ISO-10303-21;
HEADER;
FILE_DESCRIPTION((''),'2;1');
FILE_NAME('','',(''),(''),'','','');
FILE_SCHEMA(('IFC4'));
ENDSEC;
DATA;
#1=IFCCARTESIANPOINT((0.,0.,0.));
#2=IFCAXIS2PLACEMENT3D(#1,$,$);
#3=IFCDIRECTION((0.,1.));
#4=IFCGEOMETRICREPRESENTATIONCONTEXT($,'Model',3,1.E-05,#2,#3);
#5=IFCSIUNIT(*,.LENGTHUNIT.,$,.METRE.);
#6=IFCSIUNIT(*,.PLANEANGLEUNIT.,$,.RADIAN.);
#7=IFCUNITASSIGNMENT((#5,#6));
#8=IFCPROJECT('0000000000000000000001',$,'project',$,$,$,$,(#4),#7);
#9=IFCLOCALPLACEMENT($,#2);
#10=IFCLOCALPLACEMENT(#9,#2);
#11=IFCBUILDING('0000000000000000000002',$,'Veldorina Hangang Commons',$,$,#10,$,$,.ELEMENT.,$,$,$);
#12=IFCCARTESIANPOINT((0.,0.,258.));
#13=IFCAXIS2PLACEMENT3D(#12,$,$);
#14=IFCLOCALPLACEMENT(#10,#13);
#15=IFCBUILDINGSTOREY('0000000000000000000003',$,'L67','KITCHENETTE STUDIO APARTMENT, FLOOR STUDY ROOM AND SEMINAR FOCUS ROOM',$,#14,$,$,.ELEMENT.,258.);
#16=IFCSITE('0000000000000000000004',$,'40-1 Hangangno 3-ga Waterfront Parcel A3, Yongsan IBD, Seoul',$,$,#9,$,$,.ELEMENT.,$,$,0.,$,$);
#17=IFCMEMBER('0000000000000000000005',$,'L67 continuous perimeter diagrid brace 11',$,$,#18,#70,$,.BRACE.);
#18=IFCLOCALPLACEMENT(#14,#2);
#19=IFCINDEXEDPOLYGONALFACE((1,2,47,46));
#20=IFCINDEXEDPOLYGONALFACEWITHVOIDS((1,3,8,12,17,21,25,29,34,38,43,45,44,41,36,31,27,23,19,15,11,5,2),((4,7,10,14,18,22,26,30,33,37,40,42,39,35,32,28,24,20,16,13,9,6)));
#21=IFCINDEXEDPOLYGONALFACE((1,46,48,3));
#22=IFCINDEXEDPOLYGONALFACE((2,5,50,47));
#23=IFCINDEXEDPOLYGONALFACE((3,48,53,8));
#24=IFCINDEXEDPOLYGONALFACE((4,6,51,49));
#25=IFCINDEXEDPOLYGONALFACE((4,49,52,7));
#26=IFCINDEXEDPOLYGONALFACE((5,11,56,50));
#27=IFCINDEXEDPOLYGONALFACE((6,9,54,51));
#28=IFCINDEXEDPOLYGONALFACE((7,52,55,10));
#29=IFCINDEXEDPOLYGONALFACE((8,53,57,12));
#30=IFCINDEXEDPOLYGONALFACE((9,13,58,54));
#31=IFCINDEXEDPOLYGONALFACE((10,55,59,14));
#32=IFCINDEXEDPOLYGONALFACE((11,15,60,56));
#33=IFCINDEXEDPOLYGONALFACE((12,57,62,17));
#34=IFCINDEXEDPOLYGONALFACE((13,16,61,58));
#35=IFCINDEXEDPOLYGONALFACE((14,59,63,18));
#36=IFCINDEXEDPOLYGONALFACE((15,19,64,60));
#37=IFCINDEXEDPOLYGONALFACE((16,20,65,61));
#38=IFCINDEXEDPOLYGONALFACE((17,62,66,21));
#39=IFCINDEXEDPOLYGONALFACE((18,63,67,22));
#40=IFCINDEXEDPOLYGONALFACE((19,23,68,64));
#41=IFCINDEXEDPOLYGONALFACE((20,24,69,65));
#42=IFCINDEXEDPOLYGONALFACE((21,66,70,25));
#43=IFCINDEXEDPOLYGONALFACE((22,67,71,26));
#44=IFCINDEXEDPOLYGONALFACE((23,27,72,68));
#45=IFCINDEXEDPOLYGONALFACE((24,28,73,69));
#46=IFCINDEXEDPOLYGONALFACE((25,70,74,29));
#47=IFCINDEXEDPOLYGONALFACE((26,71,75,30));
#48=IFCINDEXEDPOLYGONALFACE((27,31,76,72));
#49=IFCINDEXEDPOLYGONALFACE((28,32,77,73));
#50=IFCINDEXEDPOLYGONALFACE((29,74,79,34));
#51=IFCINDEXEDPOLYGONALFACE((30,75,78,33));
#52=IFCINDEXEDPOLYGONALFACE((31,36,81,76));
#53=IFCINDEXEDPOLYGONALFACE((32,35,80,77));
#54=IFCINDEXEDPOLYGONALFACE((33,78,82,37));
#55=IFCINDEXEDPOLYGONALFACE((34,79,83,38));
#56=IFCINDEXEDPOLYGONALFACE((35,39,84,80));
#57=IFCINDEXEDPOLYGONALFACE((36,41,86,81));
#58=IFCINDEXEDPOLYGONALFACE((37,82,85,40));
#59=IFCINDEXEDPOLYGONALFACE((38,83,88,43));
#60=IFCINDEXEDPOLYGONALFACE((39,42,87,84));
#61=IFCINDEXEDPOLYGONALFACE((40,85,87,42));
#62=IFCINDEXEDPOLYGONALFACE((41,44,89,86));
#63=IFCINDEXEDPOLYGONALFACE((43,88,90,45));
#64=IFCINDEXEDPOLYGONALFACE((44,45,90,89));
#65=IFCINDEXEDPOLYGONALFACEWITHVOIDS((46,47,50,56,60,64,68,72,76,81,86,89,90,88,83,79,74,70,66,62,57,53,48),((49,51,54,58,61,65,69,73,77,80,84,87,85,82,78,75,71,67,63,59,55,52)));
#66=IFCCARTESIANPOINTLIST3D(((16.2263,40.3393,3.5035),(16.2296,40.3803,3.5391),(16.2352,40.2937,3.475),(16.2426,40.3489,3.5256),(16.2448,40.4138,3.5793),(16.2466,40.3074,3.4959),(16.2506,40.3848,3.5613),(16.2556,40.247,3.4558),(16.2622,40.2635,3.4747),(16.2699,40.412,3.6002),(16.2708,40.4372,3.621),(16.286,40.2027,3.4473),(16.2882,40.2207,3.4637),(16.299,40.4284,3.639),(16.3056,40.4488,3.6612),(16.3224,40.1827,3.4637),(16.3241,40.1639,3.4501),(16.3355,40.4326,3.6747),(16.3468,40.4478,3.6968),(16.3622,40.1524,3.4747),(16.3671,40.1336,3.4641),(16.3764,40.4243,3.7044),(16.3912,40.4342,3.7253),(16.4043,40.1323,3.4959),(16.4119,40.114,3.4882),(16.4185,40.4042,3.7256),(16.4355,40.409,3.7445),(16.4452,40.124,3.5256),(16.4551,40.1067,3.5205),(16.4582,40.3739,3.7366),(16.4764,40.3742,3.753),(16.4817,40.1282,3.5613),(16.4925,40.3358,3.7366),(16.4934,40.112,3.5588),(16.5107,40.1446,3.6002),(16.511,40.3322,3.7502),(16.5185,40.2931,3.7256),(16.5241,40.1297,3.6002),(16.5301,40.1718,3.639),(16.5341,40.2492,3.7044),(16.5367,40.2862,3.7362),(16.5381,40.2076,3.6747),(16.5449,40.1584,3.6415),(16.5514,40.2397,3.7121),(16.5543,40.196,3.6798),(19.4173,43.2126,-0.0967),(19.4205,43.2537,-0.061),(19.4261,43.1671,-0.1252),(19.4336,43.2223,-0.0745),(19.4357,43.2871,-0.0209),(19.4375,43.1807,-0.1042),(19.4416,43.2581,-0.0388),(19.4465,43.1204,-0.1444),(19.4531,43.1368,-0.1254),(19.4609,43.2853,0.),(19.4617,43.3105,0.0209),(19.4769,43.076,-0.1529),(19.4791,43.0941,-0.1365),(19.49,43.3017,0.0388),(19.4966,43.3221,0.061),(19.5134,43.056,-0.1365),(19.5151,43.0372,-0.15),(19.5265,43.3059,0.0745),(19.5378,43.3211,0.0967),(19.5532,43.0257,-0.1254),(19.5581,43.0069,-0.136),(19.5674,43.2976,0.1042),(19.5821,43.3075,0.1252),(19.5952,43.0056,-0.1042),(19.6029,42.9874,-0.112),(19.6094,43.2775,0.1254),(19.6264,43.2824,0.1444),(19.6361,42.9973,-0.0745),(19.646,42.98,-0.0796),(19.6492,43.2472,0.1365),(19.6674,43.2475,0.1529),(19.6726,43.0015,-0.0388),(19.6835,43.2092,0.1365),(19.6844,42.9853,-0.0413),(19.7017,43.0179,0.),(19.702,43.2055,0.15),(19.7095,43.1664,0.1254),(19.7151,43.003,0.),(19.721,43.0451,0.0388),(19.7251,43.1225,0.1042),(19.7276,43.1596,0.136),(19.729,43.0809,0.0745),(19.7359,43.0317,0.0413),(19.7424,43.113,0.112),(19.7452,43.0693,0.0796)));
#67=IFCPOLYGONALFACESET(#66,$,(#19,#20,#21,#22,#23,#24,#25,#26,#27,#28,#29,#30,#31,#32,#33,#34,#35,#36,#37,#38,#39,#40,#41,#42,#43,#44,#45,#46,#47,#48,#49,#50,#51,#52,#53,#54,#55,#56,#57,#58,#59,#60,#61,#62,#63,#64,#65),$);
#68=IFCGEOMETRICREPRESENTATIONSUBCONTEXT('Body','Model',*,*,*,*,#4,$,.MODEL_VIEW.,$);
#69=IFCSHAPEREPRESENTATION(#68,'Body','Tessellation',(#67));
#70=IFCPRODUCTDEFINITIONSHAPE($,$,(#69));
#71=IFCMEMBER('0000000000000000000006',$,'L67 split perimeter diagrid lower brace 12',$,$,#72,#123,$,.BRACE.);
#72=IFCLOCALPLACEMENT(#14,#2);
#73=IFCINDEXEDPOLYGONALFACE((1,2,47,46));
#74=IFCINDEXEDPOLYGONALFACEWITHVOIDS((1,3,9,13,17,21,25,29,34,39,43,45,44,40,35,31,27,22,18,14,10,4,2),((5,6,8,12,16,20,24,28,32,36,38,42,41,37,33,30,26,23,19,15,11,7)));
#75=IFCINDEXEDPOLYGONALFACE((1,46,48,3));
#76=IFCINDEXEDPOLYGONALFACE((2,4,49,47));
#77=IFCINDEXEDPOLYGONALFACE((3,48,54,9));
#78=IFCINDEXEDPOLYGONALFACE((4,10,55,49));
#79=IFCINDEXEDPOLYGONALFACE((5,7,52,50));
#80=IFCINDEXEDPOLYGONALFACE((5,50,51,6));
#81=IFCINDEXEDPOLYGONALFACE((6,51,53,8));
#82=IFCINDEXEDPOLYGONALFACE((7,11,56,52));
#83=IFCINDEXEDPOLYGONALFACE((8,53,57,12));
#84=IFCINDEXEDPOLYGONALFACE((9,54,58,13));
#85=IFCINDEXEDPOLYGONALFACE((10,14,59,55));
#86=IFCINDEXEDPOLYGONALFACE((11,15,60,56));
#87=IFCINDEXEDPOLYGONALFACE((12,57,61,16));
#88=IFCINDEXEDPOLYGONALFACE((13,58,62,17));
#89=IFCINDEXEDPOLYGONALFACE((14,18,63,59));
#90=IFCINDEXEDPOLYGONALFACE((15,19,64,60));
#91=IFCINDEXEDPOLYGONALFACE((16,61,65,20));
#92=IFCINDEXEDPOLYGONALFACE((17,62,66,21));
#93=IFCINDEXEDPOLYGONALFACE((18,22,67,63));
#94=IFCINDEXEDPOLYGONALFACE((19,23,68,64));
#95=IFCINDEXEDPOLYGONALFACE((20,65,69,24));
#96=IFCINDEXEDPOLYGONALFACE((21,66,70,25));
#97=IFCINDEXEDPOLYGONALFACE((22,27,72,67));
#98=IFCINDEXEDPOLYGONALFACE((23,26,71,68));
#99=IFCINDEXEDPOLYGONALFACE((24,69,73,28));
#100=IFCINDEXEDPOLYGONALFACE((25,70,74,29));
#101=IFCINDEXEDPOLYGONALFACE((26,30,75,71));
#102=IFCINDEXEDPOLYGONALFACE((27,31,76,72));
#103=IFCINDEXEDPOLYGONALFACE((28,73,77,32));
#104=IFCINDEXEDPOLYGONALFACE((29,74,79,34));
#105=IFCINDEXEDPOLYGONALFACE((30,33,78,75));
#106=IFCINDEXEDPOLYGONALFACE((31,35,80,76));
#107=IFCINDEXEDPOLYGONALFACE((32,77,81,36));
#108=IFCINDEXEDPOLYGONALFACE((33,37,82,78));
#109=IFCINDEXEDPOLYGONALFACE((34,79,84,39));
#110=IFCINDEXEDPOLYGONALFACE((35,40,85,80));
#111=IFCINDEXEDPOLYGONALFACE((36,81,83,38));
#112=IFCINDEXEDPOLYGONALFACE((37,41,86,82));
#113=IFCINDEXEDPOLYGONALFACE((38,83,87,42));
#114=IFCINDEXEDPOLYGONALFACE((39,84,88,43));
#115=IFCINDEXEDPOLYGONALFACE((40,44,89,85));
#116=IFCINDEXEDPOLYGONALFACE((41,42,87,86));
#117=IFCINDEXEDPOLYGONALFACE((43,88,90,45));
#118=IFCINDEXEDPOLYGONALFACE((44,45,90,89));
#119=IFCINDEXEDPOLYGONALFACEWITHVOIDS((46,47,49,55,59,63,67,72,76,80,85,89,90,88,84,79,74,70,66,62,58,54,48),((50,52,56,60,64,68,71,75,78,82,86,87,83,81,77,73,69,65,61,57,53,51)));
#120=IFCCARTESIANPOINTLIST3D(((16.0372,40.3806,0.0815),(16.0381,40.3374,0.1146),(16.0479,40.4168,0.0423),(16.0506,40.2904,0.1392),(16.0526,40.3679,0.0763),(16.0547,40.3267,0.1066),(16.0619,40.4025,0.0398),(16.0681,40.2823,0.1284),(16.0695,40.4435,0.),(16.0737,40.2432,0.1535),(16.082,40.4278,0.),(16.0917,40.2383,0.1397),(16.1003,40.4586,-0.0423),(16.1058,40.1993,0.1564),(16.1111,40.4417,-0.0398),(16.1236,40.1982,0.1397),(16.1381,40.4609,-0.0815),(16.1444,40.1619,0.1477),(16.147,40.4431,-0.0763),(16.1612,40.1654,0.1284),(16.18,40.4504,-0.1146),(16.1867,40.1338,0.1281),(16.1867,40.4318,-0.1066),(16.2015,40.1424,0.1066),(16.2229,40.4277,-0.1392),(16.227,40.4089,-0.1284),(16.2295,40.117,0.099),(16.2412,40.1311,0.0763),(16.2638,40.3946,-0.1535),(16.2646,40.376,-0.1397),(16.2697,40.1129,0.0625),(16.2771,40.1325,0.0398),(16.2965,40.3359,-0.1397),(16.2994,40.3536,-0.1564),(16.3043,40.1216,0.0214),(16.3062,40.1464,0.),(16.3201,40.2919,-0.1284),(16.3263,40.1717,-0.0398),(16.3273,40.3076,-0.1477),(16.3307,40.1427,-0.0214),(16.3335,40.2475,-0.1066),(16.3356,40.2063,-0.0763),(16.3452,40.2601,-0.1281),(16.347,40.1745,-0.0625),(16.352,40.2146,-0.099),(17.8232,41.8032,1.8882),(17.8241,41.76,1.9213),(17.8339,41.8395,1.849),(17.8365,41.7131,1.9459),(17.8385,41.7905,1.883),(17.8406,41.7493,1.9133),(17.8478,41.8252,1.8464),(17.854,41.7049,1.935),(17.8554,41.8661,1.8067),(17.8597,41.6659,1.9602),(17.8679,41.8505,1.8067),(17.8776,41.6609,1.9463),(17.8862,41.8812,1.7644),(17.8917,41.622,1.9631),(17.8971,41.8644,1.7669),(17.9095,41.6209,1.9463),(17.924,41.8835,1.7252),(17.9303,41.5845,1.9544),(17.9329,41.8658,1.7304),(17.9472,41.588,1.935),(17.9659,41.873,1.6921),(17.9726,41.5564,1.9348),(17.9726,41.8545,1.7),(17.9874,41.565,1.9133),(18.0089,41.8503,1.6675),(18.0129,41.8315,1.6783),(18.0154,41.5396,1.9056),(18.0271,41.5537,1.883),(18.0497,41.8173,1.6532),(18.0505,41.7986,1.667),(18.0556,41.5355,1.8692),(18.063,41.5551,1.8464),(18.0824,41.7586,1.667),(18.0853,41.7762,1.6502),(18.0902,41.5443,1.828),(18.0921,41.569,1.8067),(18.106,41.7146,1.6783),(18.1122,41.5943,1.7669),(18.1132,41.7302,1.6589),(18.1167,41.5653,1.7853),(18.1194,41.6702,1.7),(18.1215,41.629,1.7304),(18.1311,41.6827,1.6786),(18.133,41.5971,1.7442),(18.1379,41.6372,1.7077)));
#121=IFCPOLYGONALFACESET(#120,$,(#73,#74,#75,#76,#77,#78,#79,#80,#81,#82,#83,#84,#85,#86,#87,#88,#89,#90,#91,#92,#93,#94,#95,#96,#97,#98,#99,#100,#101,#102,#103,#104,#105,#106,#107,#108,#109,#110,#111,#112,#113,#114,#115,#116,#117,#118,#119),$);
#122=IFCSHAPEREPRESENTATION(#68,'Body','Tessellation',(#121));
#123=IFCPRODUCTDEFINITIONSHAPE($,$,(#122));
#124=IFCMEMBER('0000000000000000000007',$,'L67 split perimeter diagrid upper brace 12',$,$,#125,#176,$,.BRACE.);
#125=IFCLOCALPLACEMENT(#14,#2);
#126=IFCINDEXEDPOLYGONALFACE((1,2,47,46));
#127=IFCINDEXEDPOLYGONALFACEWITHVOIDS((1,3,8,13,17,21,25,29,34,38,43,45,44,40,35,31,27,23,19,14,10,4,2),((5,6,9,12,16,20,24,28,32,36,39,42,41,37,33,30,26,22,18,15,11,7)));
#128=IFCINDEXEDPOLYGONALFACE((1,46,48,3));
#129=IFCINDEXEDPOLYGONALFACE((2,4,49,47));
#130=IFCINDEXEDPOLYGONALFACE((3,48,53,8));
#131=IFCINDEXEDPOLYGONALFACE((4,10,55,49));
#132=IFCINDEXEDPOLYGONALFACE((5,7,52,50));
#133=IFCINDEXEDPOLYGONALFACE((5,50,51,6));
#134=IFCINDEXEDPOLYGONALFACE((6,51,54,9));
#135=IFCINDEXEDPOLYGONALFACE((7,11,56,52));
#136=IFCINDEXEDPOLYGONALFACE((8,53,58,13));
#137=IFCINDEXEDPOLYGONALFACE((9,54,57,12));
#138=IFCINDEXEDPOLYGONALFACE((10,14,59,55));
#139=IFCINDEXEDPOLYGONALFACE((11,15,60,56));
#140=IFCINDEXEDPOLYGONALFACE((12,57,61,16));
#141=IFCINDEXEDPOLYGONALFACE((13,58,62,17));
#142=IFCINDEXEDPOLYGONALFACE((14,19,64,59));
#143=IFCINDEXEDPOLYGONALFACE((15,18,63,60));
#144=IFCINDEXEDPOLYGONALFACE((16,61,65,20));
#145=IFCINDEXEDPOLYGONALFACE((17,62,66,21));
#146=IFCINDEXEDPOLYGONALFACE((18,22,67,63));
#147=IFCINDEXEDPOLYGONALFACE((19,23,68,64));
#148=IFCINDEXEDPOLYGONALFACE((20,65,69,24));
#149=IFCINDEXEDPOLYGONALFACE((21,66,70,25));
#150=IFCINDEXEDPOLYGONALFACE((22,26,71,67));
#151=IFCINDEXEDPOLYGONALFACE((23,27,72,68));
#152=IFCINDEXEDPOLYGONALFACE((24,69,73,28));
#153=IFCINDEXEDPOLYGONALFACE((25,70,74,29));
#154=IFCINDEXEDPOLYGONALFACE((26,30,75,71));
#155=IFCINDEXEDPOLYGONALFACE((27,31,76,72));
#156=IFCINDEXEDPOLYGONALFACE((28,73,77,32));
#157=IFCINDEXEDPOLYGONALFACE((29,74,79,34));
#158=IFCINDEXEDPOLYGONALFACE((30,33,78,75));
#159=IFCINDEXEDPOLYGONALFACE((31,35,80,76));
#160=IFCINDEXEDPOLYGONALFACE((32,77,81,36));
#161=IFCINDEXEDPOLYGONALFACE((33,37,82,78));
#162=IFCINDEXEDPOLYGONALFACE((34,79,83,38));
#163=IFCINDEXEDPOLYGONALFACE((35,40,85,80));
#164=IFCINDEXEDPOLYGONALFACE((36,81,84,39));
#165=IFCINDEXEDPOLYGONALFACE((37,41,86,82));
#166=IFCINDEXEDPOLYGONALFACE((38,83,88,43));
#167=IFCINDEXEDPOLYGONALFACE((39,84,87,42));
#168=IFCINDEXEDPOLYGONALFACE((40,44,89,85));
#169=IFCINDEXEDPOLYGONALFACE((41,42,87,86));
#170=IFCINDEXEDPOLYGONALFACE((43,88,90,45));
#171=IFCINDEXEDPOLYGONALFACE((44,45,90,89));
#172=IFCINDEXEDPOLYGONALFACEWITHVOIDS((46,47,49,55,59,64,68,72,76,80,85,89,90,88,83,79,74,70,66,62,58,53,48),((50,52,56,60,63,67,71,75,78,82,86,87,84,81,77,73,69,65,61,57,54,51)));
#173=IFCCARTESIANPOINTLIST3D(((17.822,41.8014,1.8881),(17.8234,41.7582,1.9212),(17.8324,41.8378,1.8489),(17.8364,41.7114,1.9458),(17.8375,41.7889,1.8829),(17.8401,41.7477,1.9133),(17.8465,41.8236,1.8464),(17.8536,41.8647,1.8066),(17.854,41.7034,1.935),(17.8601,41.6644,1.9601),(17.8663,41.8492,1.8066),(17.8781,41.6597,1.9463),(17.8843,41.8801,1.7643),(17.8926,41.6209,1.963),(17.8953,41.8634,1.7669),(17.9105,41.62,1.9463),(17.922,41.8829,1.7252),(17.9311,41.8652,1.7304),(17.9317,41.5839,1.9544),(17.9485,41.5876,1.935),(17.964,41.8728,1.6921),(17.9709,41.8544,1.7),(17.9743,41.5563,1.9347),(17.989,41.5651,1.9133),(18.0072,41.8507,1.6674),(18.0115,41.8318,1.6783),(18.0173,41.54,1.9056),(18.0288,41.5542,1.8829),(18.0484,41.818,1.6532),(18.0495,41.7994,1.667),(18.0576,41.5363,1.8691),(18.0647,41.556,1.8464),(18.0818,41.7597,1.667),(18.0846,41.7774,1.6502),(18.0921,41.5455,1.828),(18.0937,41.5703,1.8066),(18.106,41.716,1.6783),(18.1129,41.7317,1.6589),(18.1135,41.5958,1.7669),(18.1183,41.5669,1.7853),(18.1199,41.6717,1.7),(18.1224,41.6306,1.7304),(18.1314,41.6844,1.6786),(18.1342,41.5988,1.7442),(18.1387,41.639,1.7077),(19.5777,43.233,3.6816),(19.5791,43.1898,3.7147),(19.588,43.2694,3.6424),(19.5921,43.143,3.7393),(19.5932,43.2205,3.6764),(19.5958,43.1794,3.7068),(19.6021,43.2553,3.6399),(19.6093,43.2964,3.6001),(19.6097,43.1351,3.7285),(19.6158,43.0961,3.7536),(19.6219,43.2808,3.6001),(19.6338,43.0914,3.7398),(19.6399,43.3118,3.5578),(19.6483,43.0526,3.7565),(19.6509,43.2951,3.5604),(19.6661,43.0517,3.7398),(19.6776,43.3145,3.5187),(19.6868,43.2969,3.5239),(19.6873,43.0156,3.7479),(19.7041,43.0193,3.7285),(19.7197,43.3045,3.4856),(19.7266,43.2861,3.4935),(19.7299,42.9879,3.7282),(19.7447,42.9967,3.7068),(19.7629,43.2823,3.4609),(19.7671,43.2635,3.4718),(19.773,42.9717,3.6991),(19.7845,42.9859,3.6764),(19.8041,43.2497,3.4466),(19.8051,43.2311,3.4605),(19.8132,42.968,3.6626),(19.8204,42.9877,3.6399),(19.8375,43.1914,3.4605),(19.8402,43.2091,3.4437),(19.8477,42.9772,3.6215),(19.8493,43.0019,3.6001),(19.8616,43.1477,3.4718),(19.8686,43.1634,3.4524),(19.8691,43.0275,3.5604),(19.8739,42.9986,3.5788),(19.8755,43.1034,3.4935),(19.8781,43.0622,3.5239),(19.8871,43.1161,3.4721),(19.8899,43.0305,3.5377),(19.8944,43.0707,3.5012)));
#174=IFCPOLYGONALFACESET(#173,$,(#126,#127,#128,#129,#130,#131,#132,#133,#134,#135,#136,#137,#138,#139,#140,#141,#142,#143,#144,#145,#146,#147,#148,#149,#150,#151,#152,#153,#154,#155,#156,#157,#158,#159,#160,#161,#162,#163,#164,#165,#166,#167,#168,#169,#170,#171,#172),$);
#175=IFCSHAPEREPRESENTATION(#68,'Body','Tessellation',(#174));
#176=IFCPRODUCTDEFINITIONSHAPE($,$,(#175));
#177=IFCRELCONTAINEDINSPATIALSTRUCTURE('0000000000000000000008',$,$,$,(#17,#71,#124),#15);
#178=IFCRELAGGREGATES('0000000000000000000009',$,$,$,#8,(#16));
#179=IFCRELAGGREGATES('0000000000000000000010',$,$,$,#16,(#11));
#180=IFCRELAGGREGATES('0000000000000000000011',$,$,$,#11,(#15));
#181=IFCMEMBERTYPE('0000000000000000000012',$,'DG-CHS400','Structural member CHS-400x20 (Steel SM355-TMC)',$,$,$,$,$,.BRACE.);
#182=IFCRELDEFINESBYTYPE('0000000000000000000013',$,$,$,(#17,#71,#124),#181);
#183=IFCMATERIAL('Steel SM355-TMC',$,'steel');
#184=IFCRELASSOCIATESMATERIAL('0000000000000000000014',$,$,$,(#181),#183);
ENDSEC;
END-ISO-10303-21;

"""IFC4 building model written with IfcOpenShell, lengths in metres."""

from ifc_helpers import new_model, si_unit, direction, frame, origin, origin_2d, place, context, subcontext, project, spatial, hollow_circle, extrude, material, material_profile, profile_set, type_object, element, save


model = new_model("IFC4")

# Units and contexts
model_context = context("Model", 3, precision=1e-05, world=origin(), true_north=direction((0.0, 1.0)))
body_context = subcontext(model_context, "Body", "Model", "MODEL_VIEW")
ifc_project = project(units=[si_unit("LENGTHUNIT", "METRE"), si_unit("PLANEANGLEUNIT", "RADIAN")], contexts=[model_context])

# Site, building, storey
site_placement = place(None, origin())
site = spatial("IfcSite", under=ifc_project, at=site_placement, Name="40-1 Hangangno 3-ga Waterfront Parcel A3, Yongsan IBD, Seoul", CompositionType="ELEMENT", RefElevation=0.0)
building_placement = place(site_placement, origin())
building = spatial("IfcBuilding", under=site, at=building_placement, Name="Veldorina Hangang Commons", CompositionType="ELEMENT")
storey_placement = place(building_placement, frame((0.0, 0.0, 258.0)))
storey = spatial("IfcBuildingStorey", under=building, at=storey_placement, Name="L67", Description="KITCHENETTE STUDIO APARTMENT, FLOOR STUDY ROOM AND SEMINAR FOCUS ROOM", CompositionType="ELEMENT", Elevation=258.0)

# Shared definitions
ifc_material_1 = material(Name="Steel SM355-TMC", Category="steel")

# Members
ifc_material_profile_1 = material_profile(ifc_material_1, hollow_circle(Radius=0.2, WallThickness=0.02, at=origin_2d()), Name="CHS-400x20")
ifc_profile_set_1 = profile_set([ifc_material_profile_1], Name="Steel SM355-TMC")
member_type_1 = type_object("IfcMemberType", Name="DG-CHS400", Description="Structural member CHS-400x20 (Steel SM355-TMC)", PredefinedType="BRACE", material=ifc_profile_set_1)
member_1_placement = place(storey_placement, frame((19.5813, 43.1516, 0.0), z_axis=(-0.569458, -0.512773, 0.642481), x_axis=(0.669153, -0.743124, 0.0)))
element("IfcMember", 1, at=member_1_placement, inside=storey, type_object=member_type_1, Name="L67 continuous perimeter diagrid brace 11", PredefinedType="BRACE", context=body_context, shape_type="SweptSolid", body=[
    extrude(hollow_circle(Radius=0.2, WallThickness=0.02, at=origin_2d()), origin(), (0.0, 0.0, 1.0), 5.6035),
])
member_2_placement = place(storey_placement, frame((16.1941, 40.2871, 0.0), z_axis=(0.613379, 0.488607, 0.620507), x_axis=(-0.623064, 0.782171, 0.0)))
element("IfcMember", 2, at=member_2_placement, inside=storey, type_object=member_type_1, Name="L67 split perimeter diagrid lower brace 12", PredefinedType="BRACE", context=body_context, shape_type="SweptSolid", body=[
    extrude(hollow_circle(Radius=0.2, WallThickness=0.02, at=origin_2d()), origin(), (0.0, 0.0, 1.0), 2.9116),
])
member_3_placement = place(storey_placement, frame((17.98, 41.7097, 1.8066), z_axis=(0.607619, 0.495491, 0.620716), x_axis=(-0.631975, 0.774989, 0.0)))
element("IfcMember", 3, at=member_3_placement, inside=storey, type_object=member_type_1, Name="L67 split perimeter diagrid upper brace 12", PredefinedType="BRACE", context=body_context, shape_type="SweptSolid", body=[
    extrude(hollow_circle(Radius=0.2, WallThickness=0.02, at=origin_2d()), origin(), (0.0, 0.0, 1.0), 2.8894),
])

save(model, "model.ifc")
